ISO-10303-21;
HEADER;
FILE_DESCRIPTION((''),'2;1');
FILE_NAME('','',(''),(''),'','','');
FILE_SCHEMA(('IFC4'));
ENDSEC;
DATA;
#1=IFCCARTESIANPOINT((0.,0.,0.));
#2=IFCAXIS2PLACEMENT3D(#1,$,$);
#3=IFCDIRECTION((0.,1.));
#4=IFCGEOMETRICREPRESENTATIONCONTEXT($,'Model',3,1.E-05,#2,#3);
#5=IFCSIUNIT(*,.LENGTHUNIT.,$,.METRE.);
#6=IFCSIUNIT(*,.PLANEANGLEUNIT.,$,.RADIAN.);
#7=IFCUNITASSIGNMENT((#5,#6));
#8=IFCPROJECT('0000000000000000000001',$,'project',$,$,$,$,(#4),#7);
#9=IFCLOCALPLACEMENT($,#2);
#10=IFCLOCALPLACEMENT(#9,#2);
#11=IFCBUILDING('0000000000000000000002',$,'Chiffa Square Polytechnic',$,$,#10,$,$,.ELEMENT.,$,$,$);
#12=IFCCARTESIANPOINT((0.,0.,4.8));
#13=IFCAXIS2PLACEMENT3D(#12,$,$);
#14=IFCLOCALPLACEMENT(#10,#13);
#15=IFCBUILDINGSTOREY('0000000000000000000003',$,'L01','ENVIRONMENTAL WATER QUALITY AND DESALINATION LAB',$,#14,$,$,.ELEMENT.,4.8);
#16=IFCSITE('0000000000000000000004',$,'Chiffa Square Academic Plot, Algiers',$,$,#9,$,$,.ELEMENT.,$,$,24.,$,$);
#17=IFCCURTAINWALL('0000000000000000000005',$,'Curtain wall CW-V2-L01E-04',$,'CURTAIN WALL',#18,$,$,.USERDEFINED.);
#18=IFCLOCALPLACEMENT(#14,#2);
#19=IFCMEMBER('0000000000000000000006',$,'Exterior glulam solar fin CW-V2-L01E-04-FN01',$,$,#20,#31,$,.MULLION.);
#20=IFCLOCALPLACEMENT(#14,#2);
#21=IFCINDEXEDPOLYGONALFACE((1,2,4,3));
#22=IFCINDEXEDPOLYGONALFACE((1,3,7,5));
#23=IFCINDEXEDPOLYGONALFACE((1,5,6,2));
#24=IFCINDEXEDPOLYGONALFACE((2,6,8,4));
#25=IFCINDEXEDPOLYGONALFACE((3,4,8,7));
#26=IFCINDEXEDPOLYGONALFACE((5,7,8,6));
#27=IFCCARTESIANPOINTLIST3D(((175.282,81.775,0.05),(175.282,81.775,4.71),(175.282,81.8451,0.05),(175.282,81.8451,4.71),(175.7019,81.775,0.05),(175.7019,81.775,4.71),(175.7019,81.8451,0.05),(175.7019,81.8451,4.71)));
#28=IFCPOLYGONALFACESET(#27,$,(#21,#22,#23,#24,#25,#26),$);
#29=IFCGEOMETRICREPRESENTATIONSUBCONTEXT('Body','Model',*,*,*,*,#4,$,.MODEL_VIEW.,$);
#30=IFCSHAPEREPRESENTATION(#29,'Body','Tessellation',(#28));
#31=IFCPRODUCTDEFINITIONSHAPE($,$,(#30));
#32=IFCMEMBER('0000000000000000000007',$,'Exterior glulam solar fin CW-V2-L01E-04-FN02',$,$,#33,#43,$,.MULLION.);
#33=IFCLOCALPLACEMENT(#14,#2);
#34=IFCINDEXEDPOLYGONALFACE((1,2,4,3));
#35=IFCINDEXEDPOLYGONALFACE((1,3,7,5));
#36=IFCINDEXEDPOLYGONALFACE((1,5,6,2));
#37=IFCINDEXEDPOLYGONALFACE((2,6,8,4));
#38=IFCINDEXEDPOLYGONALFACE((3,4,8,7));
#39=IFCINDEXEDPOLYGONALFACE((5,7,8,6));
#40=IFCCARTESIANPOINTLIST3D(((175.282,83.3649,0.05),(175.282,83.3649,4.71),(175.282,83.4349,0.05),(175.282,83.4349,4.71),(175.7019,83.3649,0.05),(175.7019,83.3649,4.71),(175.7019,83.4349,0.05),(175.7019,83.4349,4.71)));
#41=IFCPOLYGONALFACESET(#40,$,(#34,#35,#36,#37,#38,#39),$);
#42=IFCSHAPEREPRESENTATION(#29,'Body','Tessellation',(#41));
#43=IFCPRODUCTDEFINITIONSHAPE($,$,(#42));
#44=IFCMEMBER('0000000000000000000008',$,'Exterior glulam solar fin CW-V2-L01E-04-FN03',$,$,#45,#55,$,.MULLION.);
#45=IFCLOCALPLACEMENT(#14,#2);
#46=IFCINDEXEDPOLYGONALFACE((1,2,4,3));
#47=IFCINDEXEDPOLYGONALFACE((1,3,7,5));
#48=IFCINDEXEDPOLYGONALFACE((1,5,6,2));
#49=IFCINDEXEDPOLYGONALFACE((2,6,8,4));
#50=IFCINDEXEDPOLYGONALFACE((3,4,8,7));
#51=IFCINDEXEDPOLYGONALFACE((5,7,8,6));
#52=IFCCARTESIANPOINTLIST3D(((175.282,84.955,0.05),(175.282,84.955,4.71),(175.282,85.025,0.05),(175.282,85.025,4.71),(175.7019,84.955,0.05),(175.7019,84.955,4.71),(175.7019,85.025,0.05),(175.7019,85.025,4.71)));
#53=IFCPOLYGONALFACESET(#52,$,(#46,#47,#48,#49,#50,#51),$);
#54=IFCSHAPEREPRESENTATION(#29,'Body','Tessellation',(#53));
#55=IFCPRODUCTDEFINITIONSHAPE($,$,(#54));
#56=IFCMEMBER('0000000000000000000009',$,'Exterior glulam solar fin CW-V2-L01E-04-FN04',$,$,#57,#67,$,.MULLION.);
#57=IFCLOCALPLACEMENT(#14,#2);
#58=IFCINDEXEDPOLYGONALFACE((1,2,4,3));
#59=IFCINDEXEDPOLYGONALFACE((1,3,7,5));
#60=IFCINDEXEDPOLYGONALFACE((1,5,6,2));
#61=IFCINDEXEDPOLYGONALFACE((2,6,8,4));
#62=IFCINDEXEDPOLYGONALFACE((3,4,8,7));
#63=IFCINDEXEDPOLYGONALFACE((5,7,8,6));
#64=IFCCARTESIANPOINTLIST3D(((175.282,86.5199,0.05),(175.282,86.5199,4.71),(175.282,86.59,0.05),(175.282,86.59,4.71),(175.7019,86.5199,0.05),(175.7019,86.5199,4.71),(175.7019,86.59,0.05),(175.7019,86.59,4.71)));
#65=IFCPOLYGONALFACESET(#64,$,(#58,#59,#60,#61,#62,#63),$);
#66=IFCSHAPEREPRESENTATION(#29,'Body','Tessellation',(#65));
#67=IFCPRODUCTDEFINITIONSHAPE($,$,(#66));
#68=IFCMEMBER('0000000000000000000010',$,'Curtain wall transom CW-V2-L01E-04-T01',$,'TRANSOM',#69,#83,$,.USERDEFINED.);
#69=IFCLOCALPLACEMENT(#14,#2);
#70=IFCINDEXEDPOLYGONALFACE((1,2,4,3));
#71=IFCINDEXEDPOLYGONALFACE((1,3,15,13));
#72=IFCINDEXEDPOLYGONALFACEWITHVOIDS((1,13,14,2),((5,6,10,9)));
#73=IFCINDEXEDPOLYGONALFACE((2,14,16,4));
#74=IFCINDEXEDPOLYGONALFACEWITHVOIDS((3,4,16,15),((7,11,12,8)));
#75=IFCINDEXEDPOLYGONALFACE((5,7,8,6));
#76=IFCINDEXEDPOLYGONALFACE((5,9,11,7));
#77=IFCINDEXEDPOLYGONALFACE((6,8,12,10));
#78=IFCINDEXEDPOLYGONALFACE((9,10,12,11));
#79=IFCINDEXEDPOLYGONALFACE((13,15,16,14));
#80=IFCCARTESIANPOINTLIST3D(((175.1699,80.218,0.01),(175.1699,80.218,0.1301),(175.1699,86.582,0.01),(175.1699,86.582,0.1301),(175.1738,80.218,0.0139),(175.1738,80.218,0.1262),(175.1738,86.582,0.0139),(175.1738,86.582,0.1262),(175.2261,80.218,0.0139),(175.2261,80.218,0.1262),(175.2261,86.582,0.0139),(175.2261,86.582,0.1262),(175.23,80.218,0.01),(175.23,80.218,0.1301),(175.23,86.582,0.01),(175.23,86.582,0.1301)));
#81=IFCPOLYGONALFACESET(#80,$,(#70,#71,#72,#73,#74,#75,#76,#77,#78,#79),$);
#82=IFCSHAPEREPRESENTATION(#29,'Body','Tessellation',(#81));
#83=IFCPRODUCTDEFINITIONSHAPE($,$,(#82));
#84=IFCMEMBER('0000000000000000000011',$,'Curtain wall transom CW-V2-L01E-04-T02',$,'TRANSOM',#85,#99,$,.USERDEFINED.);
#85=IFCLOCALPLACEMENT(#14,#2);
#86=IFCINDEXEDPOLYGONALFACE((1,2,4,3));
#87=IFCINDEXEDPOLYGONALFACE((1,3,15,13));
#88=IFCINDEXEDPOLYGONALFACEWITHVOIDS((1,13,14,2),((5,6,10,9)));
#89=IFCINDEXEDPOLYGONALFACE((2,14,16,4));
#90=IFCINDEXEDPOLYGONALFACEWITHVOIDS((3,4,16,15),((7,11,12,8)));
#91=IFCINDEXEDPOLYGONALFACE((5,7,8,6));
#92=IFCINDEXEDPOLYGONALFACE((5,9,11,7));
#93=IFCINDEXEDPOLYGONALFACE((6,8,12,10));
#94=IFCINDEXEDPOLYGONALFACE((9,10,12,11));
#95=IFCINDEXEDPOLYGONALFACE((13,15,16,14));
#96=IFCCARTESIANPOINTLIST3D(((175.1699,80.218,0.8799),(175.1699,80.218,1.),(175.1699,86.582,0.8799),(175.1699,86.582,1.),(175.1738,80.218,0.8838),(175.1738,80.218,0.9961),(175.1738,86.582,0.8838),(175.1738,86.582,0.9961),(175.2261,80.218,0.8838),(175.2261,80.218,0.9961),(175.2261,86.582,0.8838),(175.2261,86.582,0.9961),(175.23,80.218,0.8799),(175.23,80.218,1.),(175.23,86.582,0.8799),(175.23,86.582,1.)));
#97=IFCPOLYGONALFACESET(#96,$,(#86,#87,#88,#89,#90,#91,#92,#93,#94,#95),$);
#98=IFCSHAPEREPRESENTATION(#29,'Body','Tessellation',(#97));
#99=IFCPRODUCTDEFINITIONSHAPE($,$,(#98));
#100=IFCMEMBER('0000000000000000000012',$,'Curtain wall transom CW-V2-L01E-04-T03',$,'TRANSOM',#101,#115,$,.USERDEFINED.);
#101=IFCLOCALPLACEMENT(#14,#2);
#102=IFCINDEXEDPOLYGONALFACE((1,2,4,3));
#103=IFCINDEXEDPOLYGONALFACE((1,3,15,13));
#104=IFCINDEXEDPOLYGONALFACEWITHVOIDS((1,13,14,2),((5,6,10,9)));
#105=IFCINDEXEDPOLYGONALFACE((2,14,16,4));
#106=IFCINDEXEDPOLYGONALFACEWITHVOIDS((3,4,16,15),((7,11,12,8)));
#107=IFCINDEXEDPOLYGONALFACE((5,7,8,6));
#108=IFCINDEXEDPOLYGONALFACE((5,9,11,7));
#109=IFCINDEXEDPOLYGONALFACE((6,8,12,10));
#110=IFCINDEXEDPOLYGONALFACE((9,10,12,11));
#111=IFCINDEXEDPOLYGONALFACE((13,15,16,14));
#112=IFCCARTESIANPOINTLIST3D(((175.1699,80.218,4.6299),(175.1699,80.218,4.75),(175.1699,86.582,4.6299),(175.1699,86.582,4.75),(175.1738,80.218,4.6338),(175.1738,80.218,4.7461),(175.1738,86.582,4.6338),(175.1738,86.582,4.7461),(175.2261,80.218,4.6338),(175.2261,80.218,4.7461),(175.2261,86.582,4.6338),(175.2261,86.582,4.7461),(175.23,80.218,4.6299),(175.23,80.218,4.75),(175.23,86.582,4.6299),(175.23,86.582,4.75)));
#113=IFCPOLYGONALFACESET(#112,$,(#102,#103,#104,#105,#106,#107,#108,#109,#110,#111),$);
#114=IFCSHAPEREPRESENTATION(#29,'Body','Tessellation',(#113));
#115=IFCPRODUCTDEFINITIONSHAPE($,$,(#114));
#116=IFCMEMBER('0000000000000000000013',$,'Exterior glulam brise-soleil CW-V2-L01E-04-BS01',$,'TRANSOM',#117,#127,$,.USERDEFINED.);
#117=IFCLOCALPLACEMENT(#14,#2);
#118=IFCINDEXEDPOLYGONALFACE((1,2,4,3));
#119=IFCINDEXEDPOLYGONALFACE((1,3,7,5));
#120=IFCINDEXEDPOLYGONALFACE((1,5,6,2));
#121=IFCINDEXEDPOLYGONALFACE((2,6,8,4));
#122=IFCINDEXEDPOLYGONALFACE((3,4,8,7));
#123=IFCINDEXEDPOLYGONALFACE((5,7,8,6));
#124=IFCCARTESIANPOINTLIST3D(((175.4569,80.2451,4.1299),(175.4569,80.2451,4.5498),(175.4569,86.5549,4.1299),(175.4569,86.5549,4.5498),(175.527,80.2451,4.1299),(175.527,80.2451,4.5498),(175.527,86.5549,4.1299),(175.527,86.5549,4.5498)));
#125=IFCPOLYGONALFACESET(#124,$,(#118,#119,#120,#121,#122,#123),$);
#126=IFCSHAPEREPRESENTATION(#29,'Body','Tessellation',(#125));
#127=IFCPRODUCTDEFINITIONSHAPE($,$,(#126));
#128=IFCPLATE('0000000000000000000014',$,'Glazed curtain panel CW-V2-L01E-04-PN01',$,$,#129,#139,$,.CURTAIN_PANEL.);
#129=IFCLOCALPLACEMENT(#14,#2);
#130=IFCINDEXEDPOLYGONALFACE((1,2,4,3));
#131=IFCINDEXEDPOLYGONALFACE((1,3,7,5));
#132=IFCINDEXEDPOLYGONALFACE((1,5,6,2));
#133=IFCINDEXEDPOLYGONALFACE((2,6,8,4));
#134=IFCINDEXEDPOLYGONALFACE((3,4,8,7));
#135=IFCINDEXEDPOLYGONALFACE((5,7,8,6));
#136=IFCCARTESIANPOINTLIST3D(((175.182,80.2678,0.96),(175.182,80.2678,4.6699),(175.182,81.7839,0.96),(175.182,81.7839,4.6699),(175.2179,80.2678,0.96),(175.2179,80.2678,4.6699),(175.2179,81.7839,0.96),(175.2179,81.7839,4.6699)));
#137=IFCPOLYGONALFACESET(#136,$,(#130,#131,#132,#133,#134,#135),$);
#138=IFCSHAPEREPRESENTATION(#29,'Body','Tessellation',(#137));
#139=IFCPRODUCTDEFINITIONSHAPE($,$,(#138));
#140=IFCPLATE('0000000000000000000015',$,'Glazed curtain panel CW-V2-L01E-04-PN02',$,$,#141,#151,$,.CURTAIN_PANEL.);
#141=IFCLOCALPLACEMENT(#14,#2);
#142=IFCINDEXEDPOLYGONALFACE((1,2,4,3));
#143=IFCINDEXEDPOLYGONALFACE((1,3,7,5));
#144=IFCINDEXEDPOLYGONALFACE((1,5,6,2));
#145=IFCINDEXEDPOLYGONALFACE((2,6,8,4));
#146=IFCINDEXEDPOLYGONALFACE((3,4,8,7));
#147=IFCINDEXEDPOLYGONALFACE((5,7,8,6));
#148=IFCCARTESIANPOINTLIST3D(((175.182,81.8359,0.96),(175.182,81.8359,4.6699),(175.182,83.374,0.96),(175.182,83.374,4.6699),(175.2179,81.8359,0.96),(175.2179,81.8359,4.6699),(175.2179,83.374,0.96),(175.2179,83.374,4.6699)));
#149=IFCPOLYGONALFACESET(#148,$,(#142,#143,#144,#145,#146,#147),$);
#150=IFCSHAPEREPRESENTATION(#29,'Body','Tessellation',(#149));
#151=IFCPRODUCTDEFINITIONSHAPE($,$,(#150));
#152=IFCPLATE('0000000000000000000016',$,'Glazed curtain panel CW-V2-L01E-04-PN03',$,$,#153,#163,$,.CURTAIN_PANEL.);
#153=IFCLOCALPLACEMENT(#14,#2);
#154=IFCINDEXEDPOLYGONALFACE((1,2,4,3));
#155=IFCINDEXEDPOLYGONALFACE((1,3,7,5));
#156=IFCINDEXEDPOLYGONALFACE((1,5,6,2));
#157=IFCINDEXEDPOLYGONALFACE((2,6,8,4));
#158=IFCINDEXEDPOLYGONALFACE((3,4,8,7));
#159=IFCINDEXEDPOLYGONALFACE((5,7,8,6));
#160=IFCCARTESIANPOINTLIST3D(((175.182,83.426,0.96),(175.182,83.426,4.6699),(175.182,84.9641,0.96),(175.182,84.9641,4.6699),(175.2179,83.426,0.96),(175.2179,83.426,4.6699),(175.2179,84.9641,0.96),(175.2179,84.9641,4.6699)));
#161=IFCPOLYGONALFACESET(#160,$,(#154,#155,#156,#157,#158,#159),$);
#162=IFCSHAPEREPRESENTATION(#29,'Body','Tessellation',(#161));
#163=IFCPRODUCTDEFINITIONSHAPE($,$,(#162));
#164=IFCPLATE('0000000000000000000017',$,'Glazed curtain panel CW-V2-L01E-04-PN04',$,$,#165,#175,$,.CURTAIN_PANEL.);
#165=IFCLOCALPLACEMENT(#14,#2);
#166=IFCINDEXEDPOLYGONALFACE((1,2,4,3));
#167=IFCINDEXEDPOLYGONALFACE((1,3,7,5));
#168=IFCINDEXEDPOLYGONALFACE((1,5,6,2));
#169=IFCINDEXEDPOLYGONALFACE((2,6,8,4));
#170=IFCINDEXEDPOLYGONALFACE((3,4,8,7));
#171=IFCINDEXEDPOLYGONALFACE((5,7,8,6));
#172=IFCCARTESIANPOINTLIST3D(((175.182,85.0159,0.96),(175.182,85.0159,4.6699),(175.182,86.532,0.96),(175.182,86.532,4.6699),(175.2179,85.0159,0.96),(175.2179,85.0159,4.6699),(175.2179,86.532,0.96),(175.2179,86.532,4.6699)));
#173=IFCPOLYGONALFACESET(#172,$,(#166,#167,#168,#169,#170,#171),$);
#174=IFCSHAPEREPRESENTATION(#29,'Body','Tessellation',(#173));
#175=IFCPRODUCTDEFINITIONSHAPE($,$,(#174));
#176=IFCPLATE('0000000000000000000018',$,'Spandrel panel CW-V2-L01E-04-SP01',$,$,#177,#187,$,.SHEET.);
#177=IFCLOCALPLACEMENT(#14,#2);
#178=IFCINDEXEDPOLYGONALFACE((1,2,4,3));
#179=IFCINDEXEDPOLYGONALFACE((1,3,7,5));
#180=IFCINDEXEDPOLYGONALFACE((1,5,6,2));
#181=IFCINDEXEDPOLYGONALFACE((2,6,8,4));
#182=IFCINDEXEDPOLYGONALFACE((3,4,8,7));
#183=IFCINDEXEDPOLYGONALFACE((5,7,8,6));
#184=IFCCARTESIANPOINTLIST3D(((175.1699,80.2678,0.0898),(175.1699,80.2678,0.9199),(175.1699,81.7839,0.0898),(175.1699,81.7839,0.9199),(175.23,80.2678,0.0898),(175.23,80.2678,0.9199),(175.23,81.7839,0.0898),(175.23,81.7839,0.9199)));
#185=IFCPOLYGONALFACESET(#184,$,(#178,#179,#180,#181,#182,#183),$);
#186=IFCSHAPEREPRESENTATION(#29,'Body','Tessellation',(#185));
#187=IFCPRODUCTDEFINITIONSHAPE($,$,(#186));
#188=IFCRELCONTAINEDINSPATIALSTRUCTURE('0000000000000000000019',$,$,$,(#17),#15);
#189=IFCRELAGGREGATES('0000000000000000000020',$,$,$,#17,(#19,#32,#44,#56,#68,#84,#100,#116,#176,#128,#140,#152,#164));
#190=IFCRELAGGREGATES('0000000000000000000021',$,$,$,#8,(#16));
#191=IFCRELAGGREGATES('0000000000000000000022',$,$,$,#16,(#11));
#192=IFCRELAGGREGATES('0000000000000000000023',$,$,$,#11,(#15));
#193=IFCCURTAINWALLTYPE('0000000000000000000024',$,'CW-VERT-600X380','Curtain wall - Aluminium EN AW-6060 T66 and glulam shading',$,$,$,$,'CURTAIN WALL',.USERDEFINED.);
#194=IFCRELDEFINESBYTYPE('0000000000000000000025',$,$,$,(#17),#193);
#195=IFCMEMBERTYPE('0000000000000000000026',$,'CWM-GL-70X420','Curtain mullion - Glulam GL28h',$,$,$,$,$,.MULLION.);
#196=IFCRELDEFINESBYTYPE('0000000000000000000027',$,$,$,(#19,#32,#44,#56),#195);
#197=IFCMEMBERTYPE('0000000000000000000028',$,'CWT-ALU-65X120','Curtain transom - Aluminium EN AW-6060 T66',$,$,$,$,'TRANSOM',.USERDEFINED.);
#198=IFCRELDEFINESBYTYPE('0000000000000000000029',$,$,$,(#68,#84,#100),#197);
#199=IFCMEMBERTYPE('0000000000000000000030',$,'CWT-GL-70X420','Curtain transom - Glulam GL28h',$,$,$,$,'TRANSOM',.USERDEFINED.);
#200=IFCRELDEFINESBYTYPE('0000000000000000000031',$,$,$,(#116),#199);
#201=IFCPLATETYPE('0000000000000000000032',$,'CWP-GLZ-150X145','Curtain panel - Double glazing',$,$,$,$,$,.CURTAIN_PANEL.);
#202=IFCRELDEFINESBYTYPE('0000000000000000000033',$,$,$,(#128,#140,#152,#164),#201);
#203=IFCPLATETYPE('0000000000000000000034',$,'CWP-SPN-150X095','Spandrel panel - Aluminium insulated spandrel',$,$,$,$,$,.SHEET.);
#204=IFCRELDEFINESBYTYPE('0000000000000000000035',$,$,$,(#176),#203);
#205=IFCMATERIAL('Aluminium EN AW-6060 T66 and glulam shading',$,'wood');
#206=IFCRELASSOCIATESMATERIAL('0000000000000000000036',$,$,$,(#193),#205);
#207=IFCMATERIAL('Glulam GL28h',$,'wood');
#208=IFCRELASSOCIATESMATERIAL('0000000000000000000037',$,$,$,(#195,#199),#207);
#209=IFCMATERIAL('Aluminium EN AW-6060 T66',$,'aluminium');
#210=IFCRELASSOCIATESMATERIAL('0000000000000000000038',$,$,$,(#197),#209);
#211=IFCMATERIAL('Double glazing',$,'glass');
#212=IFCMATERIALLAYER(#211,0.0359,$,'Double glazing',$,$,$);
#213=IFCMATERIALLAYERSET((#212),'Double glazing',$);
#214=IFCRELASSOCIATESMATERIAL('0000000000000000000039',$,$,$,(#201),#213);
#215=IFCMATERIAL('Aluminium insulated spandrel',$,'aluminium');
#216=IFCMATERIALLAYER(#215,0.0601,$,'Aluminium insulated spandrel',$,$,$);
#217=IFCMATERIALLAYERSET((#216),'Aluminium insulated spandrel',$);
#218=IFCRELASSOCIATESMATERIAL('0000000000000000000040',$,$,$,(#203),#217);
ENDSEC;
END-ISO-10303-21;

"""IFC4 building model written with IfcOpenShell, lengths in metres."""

from ifc_helpers import new_model, si_unit, direction, frame, origin, origin_2d, place, context, subcontext, project, spatial, rectangle, hollow_rectangle, extrude, material, layer, layer_set, material_profile, profile_set, type_object, element, aggregate, save


model = new_model("IFC4")

# Units and contexts
model_context = context("Model", 3, precision=1e-05, world=origin(), true_north=direction((0.0, 1.0)))
body_context = subcontext(model_context, "Body", "Model", "MODEL_VIEW")
ifc_project = project(units=[si_unit("LENGTHUNIT", "METRE"), si_unit("PLANEANGLEUNIT", "RADIAN")], contexts=[model_context])

# Site, building, storey
site_placement = place(None, origin())
site = spatial("IfcSite", under=ifc_project, at=site_placement, Name="Chiffa Square Academic Plot, Algiers", CompositionType="ELEMENT", RefElevation=24.0)
building_placement = place(site_placement, origin())
building = spatial("IfcBuilding", under=site, at=building_placement, Name="Chiffa Square Polytechnic", CompositionType="ELEMENT")
storey_placement = place(building_placement, frame((0.0, 0.0, 4.8)))
storey = spatial("IfcBuildingStorey", under=building, at=storey_placement, Name="L01", Description="ENVIRONMENTAL WATER QUALITY AND DESALINATION LAB", CompositionType="ELEMENT", Elevation=4.8)

# Curtain wall
ifc_material_1 = material(Name="Aluminium EN AW-6060 T66 and glulam shading", Category="wood")
curtain_wall_type_1 = type_object("IfcCurtainWallType", Name="CW-VERT-600X380", Description="Curtain wall - Aluminium EN AW-6060 T66 and glulam shading", ElementType="CURTAIN WALL", PredefinedType="USERDEFINED", material=ifc_material_1)
curtain_wall_1_placement = place(storey_placement, origin())
curtain_wall_1 = element("IfcCurtainWall", 1, at=curtain_wall_1_placement, inside=storey, type_object=curtain_wall_type_1, Name="Curtain wall CW-V2-L01E-04", ObjectType="CURTAIN WALL", PredefinedType="USERDEFINED")
ifc_material_2 = material(Name="Aluminium EN AW-6060 T66", Category="aluminium")
ifc_material_3 = material(Name="Glulam GL28h", Category="wood")
ifc_material_profile_1 = material_profile(ifc_material_3, rectangle(XDim=0.0701, YDim=0.4199, at=origin_2d()), Name="GL28h 70x420")
ifc_profile_set_1 = profile_set([ifc_material_profile_1], Name="Glulam GL28h")
member_type_1 = type_object("IfcMemberType", Name="CWM-GL-70X420", Description="Curtain mullion - Glulam GL28h", PredefinedType="MULLION", material=ifc_profile_set_1)

# Members
member_1_placement = place(storey_placement, frame((175.4919, 81.8101, 0.05), z_axis=(0.0, 0.0, 1.0), x_axis=(0.0, 1.0, 0.0)))
member_1 = element("IfcMember", 2, at=member_1_placement, type_object=member_type_1, Name="Exterior glulam solar fin CW-V2-L01E-04-FN01", PredefinedType="MULLION", context=body_context, shape_type="SweptSolid", body=[
    extrude(rectangle(XDim=0.0701, YDim=0.4199, at=origin_2d()), origin(), (0.0, 0.0, 1.0), 4.6599),
])
member_2_placement = place(storey_placement, frame((175.4919, 83.3999, 0.05), z_axis=(0.0, 0.0, 1.0), x_axis=(0.0, 1.0, 0.0)))
member_2 = element("IfcMember", 3, at=member_2_placement, type_object=member_type_1, Name="Exterior glulam solar fin CW-V2-L01E-04-FN02", PredefinedType="MULLION", context=body_context, shape_type="SweptSolid", body=[
    extrude(rectangle(XDim=0.0701, YDim=0.4199, at=origin_2d()), origin(), (0.0, 0.0, 1.0), 4.6599),
])
member_3_placement = place(storey_placement, frame((175.4919, 84.99, 0.05), z_axis=(0.0, 0.0, 1.0), x_axis=(0.0, 1.0, 0.0)))
member_3 = element("IfcMember", 4, at=member_3_placement, type_object=member_type_1, Name="Exterior glulam solar fin CW-V2-L01E-04-FN03", PredefinedType="MULLION", context=body_context, shape_type="SweptSolid", body=[
    extrude(rectangle(XDim=0.0701, YDim=0.4199, at=origin_2d()), origin(), (0.0, 0.0, 1.0), 4.6599),
])
member_4_placement = place(storey_placement, frame((175.4919, 86.5549, 0.05), z_axis=(0.0, 0.0, 1.0), x_axis=(0.0, 1.0, 0.0)))
member_4 = element("IfcMember", 5, at=member_4_placement, type_object=member_type_1, Name="Exterior glulam solar fin CW-V2-L01E-04-FN04", PredefinedType="MULLION", context=body_context, shape_type="SweptSolid", body=[
    extrude(rectangle(XDim=0.0701, YDim=0.4199, at=origin_2d()), origin(), (0.0, 0.0, 1.0), 4.6599),
])
ifc_material_profile_2 = material_profile(ifc_material_2, hollow_rectangle(XDim=0.0601, YDim=0.1201, WallThickness=0.0039, at=origin_2d()), Name="ALU 60x120x4")
ifc_profile_set_2 = profile_set([ifc_material_profile_2], Name="Aluminium EN AW-6060 T66")
member_type_2 = type_object("IfcMemberType", Name="CWT-ALU-65X120", Description="Curtain transom - Aluminium EN AW-6060 T66", ElementType="TRANSOM", PredefinedType="USERDEFINED", material=ifc_profile_set_2)
member_5_placement = place(storey_placement, frame((175.2, 80.218, 0.0701), z_axis=(0.0, 1.0, 0.0), x_axis=(-1.0, 0.0, 0.0)))
member_5 = element("IfcMember", 6, at=member_5_placement, type_object=member_type_2, Name="Curtain wall transom CW-V2-L01E-04-T01", ObjectType="TRANSOM", PredefinedType="USERDEFINED", context=body_context, shape_type="SweptSolid", body=[
    extrude(hollow_rectangle(XDim=0.0601, YDim=0.1201, WallThickness=0.0039, at=origin_2d()), origin(), (0.0, 0.0, 1.0), 6.364),
])
member_6_placement = place(storey_placement, frame((175.2, 80.218, 0.9399), z_axis=(0.0, 1.0, 0.0), x_axis=(-1.0, 0.0, 0.0)))
member_6 = element("IfcMember", 7, at=member_6_placement, type_object=member_type_2, Name="Curtain wall transom CW-V2-L01E-04-T02", ObjectType="TRANSOM", PredefinedType="USERDEFINED", context=body_context, shape_type="SweptSolid", body=[
    extrude(hollow_rectangle(XDim=0.0601, YDim=0.1201, WallThickness=0.0039, at=origin_2d()), origin(), (0.0, 0.0, 1.0), 6.364),
])
member_7_placement = place(storey_placement, frame((175.2, 80.218, 4.6899), z_axis=(0.0, 1.0, 0.0), x_axis=(-1.0, 0.0, 0.0)))
member_7 = element("IfcMember", 8, at=member_7_placement, type_object=member_type_2, Name="Curtain wall transom CW-V2-L01E-04-T03", ObjectType="TRANSOM", PredefinedType="USERDEFINED", context=body_context, shape_type="SweptSolid", body=[
    extrude(hollow_rectangle(XDim=0.0601, YDim=0.1201, WallThickness=0.0039, at=origin_2d()), origin(), (0.0, 0.0, 1.0), 6.364),
])
ifc_material_profile_3 = material_profile(ifc_material_3, rectangle(XDim=0.0701, YDim=0.4199, at=origin_2d()), Name="GL28h 70x420")
ifc_profile_set_3 = profile_set([ifc_material_profile_3], Name="Glulam GL28h")
member_type_3 = type_object("IfcMemberType", Name="CWT-GL-70X420", Description="Curtain transom - Glulam GL28h", ElementType="TRANSOM", PredefinedType="USERDEFINED", material=ifc_profile_set_3)
member_8_placement = place(storey_placement, frame((175.4919, 80.2451, 4.3398), z_axis=(0.0, 1.0, 0.0), x_axis=(-1.0, 0.0, 0.0)))
member_8 = element("IfcMember", 9, at=member_8_placement, type_object=member_type_3, Name="Exterior glulam brise-soleil CW-V2-L01E-04-BS01", ObjectType="TRANSOM", PredefinedType="USERDEFINED", context=body_context, shape_type="SweptSolid", body=[
    extrude(rectangle(XDim=0.0701, YDim=0.4199, at=origin_2d()), origin(), (0.0, 0.0, 1.0), 6.3098),
])

# Plates
ifc_material_4 = material(Name="Double glazing", Category="glass")
ifc_layer_1 = layer(ifc_material_4, 0.0359, Name="Double glazing")
ifc_layer_set_1 = layer_set([ifc_layer_1], Name="Double glazing")
plate_type_1 = type_object("IfcPlateType", Name="CWP-GLZ-150X145", Description="Curtain panel - Double glazing", PredefinedType="CURTAIN_PANEL", material=ifc_layer_set_1)
plate_1_placement = place(storey_placement, frame((175.2, 81.0259, 0.96), z_axis=(0.0, 0.0, 1.0), x_axis=(0.0, 1.0, 0.0)))
plate_1 = element("IfcPlate", 10, at=plate_1_placement, type_object=plate_type_1, Name="Glazed curtain panel CW-V2-L01E-04-PN01", PredefinedType="CURTAIN_PANEL", context=body_context, shape_type="SweptSolid", body=[
    extrude(rectangle(XDim=1.5161, YDim=0.0359, at=origin_2d()), origin(), (0.0, 0.0, 1.0), 3.71),
])
plate_2_placement = place(storey_placement, frame((175.2, 82.605, 0.96), z_axis=(0.0, 0.0, 1.0), x_axis=(0.0, 1.0, 0.0)))
plate_2 = element("IfcPlate", 11, at=plate_2_placement, type_object=plate_type_1, Name="Glazed curtain panel CW-V2-L01E-04-PN02", PredefinedType="CURTAIN_PANEL", context=body_context, shape_type="SweptSolid", body=[
    extrude(rectangle(XDim=1.5381, YDim=0.0359, at=origin_2d()), origin(), (0.0, 0.0, 1.0), 3.71),
])
plate_3_placement = place(storey_placement, frame((175.2, 84.1951, 0.96), z_axis=(0.0, 0.0, 1.0), x_axis=(0.0, 1.0, 0.0)))
plate_3 = element("IfcPlate", 12, at=plate_3_placement, type_object=plate_type_1, Name="Glazed curtain panel CW-V2-L01E-04-PN03", PredefinedType="CURTAIN_PANEL", context=body_context, shape_type="SweptSolid", body=[
    extrude(rectangle(XDim=1.5381, YDim=0.0359, at=origin_2d()), origin(), (0.0, 0.0, 1.0), 3.71),
])
plate_4_placement = place(storey_placement, frame((175.2, 85.7739, 0.96), z_axis=(0.0, 0.0, 1.0), x_axis=(0.0, 1.0, 0.0)))
plate_4 = element("IfcPlate", 13, at=plate_4_placement, type_object=plate_type_1, Name="Glazed curtain panel CW-V2-L01E-04-PN04", PredefinedType="CURTAIN_PANEL", context=body_context, shape_type="SweptSolid", body=[
    extrude(rectangle(XDim=1.5161, YDim=0.0359, at=origin_2d()), origin(), (0.0, 0.0, 1.0), 3.71),
])
ifc_material_5 = material(Name="Aluminium insulated spandrel", Category="aluminium")
ifc_layer_2 = layer(ifc_material_5, 0.0601, Name="Aluminium insulated spandrel")
ifc_layer_set_2 = layer_set([ifc_layer_2], Name="Aluminium insulated spandrel")
plate_type_2 = type_object("IfcPlateType", Name="CWP-SPN-150X095", Description="Spandrel panel - Aluminium insulated spandrel", PredefinedType="SHEET", material=ifc_layer_set_2)
plate_5_placement = place(storey_placement, frame((175.2, 81.0259, 0.0898), z_axis=(0.0, 0.0, 1.0), x_axis=(0.0, 1.0, 0.0)))
plate_5 = element("IfcPlate", 14, at=plate_5_placement, type_object=plate_type_2, Name="Spandrel panel CW-V2-L01E-04-SP01", PredefinedType="SHEET", context=body_context, shape_type="SweptSolid", body=[
    extrude(rectangle(XDim=1.5161, YDim=0.0601, at=origin_2d()), origin(), (0.0, 0.0, 1.0), 0.8301),
])
aggregate(curtain_wall_1, [member_1, member_2, member_3, member_4, member_5, member_6, member_7, member_8, plate_5, plate_1, plate_2, plate_3, plate_4])

save(model, "model.ifc")
